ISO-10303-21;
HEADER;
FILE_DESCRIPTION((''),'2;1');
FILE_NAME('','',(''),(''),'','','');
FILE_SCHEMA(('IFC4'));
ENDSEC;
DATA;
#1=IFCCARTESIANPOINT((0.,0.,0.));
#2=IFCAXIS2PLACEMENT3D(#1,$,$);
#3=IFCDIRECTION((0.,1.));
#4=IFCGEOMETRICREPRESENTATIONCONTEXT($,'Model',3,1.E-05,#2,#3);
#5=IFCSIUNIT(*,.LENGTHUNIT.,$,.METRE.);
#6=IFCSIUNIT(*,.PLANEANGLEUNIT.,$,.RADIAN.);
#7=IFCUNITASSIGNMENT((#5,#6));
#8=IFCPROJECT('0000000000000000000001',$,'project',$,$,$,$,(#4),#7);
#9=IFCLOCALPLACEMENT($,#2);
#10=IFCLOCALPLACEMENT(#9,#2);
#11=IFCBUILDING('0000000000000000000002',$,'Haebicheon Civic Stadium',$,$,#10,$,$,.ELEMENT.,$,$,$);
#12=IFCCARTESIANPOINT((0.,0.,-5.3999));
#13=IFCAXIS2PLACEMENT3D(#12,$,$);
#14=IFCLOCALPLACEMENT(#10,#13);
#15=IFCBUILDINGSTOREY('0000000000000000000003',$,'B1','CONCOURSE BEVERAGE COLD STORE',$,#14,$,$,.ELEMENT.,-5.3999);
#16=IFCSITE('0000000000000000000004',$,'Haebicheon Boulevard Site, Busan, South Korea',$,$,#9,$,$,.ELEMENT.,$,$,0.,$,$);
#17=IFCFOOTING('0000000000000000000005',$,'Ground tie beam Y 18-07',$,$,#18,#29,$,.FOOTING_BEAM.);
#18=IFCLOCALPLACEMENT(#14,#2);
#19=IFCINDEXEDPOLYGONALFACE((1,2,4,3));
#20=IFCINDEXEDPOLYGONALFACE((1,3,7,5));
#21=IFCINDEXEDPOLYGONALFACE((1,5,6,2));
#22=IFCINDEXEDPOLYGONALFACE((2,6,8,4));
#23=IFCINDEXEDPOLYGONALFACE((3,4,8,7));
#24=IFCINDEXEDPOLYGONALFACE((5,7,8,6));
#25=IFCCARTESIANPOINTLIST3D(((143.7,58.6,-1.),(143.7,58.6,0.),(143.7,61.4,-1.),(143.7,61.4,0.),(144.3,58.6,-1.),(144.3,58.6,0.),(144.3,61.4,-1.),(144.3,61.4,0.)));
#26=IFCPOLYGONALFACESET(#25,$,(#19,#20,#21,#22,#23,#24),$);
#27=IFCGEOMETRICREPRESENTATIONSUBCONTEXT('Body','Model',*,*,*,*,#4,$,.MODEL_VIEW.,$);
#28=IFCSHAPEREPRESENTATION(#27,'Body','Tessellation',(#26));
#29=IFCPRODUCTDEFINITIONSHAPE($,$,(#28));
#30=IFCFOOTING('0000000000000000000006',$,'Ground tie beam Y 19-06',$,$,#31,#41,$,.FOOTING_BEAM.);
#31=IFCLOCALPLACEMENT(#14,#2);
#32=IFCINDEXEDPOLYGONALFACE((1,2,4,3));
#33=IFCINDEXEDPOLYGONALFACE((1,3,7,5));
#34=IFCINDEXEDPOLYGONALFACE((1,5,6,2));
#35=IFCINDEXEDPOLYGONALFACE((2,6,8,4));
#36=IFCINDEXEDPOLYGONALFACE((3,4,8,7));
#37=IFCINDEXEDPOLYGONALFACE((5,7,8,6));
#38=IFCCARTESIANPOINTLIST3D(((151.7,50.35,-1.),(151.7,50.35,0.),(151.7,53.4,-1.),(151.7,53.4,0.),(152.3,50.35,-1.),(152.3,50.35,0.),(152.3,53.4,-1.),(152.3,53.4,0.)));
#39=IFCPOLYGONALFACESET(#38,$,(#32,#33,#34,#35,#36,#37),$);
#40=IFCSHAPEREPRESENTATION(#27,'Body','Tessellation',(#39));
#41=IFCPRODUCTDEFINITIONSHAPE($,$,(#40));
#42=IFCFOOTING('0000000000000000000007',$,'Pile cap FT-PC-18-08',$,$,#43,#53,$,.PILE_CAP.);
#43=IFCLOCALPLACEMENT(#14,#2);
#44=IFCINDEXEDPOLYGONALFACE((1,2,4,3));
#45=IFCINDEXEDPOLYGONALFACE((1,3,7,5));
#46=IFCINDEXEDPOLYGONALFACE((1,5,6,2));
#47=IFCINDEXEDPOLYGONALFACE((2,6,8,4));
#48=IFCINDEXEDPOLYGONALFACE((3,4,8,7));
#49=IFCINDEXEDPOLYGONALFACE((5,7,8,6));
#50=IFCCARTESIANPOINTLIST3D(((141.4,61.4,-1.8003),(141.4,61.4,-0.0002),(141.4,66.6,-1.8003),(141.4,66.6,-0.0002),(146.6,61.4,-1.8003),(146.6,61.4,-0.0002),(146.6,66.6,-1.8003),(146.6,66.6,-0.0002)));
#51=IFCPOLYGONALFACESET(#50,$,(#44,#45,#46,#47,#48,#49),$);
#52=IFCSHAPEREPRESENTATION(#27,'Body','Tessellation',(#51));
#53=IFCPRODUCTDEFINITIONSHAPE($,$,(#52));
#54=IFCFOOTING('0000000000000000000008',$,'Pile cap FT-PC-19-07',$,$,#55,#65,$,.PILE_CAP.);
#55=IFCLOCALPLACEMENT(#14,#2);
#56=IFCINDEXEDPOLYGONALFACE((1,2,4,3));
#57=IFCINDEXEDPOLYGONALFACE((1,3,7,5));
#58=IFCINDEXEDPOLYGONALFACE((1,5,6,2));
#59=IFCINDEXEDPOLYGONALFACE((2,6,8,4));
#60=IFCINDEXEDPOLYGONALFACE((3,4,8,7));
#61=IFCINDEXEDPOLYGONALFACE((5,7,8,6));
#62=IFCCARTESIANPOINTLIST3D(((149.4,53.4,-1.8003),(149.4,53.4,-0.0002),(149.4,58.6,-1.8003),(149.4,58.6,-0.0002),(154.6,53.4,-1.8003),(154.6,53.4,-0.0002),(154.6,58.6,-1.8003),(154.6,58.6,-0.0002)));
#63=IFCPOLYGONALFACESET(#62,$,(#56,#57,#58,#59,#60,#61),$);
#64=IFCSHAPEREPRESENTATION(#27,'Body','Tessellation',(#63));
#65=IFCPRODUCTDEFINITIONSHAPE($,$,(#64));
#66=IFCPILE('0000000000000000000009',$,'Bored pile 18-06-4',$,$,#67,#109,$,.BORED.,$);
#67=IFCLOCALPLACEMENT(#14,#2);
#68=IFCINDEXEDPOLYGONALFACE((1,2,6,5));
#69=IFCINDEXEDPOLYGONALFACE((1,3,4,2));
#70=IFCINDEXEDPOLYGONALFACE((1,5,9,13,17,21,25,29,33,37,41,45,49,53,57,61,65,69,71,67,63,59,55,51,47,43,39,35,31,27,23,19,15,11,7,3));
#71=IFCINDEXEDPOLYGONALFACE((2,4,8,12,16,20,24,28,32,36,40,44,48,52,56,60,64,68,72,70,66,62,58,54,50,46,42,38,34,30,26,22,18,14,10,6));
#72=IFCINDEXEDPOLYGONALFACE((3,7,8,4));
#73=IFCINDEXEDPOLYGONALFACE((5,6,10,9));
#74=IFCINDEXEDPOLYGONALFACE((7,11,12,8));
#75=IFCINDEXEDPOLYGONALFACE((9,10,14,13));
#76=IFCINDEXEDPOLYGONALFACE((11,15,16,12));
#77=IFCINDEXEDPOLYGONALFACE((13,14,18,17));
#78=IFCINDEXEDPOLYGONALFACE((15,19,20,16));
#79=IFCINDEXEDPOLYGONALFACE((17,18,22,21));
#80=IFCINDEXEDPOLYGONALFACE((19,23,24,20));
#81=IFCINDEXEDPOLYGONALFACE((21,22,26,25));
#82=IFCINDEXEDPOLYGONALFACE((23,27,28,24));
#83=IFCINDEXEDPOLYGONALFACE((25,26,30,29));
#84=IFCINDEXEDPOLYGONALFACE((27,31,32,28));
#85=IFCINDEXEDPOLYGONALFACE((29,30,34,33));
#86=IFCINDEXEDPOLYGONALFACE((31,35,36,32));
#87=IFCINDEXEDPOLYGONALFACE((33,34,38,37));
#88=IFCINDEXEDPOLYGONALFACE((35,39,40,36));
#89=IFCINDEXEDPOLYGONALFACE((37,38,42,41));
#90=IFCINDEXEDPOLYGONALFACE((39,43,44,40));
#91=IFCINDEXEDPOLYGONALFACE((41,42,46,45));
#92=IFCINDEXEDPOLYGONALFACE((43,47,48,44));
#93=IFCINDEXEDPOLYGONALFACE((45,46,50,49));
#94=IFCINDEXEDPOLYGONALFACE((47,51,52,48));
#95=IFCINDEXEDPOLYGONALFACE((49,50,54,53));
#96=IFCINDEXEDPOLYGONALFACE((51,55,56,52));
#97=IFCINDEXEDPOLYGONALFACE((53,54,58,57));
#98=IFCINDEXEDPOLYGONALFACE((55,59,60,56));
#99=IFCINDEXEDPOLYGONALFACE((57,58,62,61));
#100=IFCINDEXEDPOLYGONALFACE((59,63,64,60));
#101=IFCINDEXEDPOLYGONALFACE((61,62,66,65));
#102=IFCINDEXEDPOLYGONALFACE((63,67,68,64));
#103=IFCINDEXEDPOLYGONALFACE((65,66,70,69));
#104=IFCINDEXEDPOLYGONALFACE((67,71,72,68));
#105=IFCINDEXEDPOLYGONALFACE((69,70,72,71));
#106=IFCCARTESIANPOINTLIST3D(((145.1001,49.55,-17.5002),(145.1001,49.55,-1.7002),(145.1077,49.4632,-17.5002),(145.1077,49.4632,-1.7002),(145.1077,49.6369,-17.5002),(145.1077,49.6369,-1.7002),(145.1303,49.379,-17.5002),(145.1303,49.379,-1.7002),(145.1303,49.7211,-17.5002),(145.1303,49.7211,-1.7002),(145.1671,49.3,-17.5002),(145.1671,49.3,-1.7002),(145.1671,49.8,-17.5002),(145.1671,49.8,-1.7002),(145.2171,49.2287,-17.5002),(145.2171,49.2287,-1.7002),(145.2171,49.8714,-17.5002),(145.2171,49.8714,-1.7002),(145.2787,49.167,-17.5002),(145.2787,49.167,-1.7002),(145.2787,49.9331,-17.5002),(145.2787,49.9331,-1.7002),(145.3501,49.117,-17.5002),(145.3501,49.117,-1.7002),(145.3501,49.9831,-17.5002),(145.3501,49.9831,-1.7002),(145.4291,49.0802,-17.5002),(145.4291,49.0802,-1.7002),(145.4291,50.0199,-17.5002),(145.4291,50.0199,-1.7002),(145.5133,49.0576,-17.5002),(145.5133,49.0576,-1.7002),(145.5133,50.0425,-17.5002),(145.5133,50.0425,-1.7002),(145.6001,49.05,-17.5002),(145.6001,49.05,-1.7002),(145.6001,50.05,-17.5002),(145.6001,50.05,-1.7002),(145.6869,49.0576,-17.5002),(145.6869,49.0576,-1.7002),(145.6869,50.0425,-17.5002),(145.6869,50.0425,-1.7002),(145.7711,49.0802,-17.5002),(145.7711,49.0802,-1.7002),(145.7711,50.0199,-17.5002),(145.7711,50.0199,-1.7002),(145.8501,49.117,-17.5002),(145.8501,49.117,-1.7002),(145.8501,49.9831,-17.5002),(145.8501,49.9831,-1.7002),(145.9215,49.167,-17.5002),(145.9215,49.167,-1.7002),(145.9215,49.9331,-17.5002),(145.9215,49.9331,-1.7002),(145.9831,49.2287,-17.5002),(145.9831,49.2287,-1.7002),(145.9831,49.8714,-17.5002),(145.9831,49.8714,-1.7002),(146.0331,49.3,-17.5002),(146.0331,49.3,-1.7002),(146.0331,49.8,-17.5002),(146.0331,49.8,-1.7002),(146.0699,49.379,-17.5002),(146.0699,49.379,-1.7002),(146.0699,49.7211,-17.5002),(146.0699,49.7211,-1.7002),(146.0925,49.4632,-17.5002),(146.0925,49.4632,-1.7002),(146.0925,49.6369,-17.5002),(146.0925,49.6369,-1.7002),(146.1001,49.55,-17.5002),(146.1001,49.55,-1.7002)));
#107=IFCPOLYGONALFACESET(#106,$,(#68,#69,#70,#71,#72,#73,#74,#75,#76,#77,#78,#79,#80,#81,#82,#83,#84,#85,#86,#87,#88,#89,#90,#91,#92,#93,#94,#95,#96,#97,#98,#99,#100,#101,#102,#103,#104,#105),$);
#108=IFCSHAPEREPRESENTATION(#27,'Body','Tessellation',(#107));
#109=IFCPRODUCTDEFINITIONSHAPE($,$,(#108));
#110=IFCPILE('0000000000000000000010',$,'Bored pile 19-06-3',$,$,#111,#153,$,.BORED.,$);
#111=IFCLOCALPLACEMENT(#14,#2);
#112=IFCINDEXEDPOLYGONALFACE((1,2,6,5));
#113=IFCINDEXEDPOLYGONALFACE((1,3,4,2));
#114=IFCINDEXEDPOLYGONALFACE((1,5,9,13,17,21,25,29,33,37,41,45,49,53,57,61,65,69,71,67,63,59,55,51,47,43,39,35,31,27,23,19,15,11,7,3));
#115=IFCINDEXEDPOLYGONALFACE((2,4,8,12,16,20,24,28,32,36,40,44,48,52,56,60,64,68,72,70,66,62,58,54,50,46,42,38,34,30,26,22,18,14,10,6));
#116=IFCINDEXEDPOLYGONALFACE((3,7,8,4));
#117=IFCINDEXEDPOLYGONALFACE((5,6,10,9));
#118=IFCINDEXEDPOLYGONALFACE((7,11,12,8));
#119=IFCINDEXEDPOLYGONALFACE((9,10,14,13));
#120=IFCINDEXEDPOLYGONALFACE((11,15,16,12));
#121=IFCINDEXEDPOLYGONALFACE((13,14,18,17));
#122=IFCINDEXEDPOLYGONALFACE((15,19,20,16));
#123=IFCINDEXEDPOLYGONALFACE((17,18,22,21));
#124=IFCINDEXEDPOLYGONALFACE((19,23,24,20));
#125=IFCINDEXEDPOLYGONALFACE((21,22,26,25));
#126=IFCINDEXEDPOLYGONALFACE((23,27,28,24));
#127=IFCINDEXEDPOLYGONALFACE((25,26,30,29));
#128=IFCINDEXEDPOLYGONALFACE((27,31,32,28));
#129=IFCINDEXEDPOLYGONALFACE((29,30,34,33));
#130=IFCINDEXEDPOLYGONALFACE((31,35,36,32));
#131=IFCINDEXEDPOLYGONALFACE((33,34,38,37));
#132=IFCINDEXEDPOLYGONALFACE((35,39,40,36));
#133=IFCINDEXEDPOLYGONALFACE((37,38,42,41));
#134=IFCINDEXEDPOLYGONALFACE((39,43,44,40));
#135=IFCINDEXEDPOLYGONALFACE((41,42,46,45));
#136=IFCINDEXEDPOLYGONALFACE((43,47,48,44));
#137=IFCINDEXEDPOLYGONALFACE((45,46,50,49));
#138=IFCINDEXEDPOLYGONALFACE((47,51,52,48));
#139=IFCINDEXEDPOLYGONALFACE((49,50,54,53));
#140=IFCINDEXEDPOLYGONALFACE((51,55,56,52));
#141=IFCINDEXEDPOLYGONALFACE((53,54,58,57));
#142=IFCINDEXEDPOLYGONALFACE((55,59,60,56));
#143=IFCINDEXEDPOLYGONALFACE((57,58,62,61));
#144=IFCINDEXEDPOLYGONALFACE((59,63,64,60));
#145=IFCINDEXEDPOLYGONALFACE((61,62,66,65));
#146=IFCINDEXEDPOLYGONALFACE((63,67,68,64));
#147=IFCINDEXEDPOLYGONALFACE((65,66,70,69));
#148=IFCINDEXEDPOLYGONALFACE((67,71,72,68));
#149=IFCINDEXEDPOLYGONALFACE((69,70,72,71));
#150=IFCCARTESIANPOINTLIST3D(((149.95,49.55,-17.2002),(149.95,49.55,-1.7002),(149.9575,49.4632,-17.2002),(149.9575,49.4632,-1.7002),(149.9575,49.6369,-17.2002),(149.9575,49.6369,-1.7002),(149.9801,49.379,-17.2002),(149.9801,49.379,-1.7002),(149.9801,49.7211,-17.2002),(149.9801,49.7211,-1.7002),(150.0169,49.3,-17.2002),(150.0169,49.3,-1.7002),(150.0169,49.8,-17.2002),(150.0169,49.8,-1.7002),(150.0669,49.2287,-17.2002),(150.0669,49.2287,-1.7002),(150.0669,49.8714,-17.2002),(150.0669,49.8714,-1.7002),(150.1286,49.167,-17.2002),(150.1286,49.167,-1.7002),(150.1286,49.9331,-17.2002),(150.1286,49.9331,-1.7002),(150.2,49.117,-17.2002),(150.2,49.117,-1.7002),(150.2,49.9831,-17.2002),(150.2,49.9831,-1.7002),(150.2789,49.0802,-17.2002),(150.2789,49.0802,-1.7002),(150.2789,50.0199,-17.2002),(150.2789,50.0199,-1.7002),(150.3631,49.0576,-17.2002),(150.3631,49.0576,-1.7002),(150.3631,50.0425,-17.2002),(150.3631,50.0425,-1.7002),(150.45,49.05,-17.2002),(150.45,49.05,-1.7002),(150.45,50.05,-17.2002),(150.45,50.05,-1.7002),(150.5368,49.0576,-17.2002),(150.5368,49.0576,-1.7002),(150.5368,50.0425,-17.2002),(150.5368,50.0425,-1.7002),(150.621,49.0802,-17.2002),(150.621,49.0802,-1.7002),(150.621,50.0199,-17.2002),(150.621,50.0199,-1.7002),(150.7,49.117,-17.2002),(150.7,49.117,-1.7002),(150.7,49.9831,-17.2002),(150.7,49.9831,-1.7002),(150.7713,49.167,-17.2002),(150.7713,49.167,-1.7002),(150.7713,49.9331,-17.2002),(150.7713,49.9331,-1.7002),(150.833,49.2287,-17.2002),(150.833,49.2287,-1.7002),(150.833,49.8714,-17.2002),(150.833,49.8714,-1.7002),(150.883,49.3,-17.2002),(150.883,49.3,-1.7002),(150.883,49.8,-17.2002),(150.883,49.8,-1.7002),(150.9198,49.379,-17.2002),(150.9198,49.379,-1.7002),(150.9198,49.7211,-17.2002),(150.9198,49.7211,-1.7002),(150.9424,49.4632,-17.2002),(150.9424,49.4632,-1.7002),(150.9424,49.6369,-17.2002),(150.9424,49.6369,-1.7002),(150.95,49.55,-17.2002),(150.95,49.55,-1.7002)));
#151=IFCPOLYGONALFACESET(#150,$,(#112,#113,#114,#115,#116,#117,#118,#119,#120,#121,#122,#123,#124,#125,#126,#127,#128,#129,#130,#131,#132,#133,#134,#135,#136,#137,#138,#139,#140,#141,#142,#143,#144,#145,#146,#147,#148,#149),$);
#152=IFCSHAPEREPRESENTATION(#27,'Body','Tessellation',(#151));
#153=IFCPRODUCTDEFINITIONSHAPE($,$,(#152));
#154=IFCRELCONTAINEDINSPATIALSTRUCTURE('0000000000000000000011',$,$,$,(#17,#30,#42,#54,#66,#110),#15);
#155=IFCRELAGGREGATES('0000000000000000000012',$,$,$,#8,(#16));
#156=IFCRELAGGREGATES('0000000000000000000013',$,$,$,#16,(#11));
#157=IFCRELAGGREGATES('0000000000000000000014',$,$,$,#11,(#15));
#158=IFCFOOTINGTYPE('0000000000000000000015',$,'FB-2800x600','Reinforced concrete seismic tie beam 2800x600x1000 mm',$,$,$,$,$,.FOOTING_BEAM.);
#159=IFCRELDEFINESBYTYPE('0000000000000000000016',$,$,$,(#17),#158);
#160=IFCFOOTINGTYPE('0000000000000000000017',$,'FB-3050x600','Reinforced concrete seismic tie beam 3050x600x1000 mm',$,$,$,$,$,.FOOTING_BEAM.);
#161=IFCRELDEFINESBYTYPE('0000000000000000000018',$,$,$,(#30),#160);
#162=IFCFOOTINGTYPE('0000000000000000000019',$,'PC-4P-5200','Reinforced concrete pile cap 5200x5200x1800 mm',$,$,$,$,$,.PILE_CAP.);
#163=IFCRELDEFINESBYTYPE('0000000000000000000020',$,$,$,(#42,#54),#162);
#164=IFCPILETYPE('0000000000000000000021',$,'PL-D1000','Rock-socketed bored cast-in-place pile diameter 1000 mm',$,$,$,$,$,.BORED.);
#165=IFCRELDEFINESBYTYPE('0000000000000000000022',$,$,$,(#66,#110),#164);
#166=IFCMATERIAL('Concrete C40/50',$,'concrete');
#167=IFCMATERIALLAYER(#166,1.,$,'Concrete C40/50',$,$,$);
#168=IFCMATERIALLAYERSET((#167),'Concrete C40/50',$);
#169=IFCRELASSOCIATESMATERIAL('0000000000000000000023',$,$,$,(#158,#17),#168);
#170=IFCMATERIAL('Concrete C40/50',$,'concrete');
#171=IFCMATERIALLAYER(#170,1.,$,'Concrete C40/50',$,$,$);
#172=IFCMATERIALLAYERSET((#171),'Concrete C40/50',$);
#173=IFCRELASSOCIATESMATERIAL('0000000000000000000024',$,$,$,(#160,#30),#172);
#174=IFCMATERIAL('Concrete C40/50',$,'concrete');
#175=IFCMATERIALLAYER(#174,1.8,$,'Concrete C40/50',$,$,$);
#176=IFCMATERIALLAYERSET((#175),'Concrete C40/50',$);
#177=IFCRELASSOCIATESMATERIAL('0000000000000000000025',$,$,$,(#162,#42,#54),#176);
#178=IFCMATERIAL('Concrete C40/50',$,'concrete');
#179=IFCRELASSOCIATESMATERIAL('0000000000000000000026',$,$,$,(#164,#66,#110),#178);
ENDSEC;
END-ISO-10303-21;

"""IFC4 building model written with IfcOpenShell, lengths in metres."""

from ifc_helpers import new_model, si_unit, direction, frame, origin, origin_2d, place, context, subcontext, project, spatial, rectangle, circle, extrude, material, layer, layer_set, material_profile, profile_set, type_object, element, save


model = new_model("IFC4")

# Units and contexts
model_context = context("Model", 3, precision=1e-05, world=origin(), true_north=direction((0.0, 1.0)))
body_context = subcontext(model_context, "Body", "Model", "MODEL_VIEW")
ifc_project = project(units=[si_unit("LENGTHUNIT", "METRE"), si_unit("PLANEANGLEUNIT", "RADIAN")], contexts=[model_context])

# Site, building, storey
site_placement = place(None, origin())
site = spatial("IfcSite", under=ifc_project, at=site_placement, Name="Haebicheon Boulevard Site, Busan, South Korea", CompositionType="ELEMENT", RefElevation=0.0)
building_placement = place(site_placement, origin())
building = spatial("IfcBuilding", under=site, at=building_placement, Name="Haebicheon Civic Stadium", CompositionType="ELEMENT")
storey_placement = place(building_placement, frame((0.0, 0.0, -5.3999)))
storey = spatial("IfcBuildingStorey", under=building, at=storey_placement, Name="B1", Description="CONCOURSE BEVERAGE COLD STORE", CompositionType="ELEMENT", Elevation=-5.3999)

# Footings
ifc_material_1 = material(Name="Concrete C40/50", Category="concrete")
ifc_layer_1 = layer(ifc_material_1, 1.0, Name="Concrete C40/50")
ifc_layer_set_1 = layer_set([ifc_layer_1], Name="Concrete C40/50")
footing_type_1 = type_object("IfcFootingType", Name="FB-2800x600", Description="Reinforced concrete seismic tie beam 2800x600x1000 mm", PredefinedType="FOOTING_BEAM", material=ifc_layer_set_1)
footing_1_placement = place(storey_placement, frame((144.0, 60.0, -1.0), z_axis=(0.0, 0.0, 1.0), x_axis=(0.0, 1.0, 0.0)))
element("IfcFooting", 1, at=footing_1_placement, inside=storey, type_object=footing_type_1, material=ifc_layer_set_1, Name="Ground tie beam Y 18-07", PredefinedType="FOOTING_BEAM", context=body_context, shape_type="SweptSolid", body=[
    extrude(rectangle(XDim=2.8, YDim=0.6001, at=origin_2d()), origin(), (0.0, 0.0, 1.0), 1.0),
])
ifc_material_2 = material(Name="Concrete C40/50", Category="concrete")
ifc_layer_2 = layer(ifc_material_2, 1.0, Name="Concrete C40/50")
ifc_layer_set_2 = layer_set([ifc_layer_2], Name="Concrete C40/50")
footing_type_2 = type_object("IfcFootingType", Name="FB-3050x600", Description="Reinforced concrete seismic tie beam 3050x600x1000 mm", PredefinedType="FOOTING_BEAM", material=ifc_layer_set_2)
footing_2_placement = place(storey_placement, frame((152.0, 51.875, -1.0), z_axis=(0.0, 0.0, 1.0), x_axis=(0.0, 1.0, 0.0)))
element("IfcFooting", 2, at=footing_2_placement, inside=storey, type_object=footing_type_2, material=ifc_layer_set_2, Name="Ground tie beam Y 19-06", PredefinedType="FOOTING_BEAM", context=body_context, shape_type="SweptSolid", body=[
    extrude(rectangle(XDim=3.05, YDim=0.6001, at=origin_2d()), origin(), (0.0, 0.0, 1.0), 1.0),
])
ifc_material_3 = material(Name="Concrete C40/50", Category="concrete")
ifc_layer_3 = layer(ifc_material_3, 1.8, Name="Concrete C40/50")
ifc_layer_set_3 = layer_set([ifc_layer_3], Name="Concrete C40/50")
footing_type_3 = type_object("IfcFootingType", Name="PC-4P-5200", Description="Reinforced concrete pile cap 5200x5200x1800 mm", PredefinedType="PILE_CAP", material=ifc_layer_set_3)
for number, where, z_axis, x_axis, name in (
    (3, (144.0, 64.0, -1.8003), (0.0, 0.0, 1.0), (1.0, 0.0, 0.0), "Pile cap FT-PC-18-08"),
    (4, (152.0, 56.0, -1.8003), (0.0, 0.0, 1.0), (1.0, 0.0, 0.0), "Pile cap FT-PC-19-07"),
):
    element("IfcFooting", number, at=place(storey_placement, frame(where, z_axis=z_axis, x_axis=x_axis)), inside=storey, type_object=footing_type_3, material=ifc_layer_set_3, Name=name, PredefinedType="PILE_CAP", context=body_context, shape_type="SweptSolid", body=[
        extrude(rectangle(XDim=5.2, YDim=5.2, at=origin_2d()), origin(), (0.0, 0.0, 1.0), 1.8),
    ])

# Piles
ifc_material_4 = material(Name="Concrete C40/50", Category="concrete")
ifc_material_profile_1 = material_profile(ifc_material_4, circle(Radius=0.5, at=origin_2d()), Name="PILE-D1000")
ifc_profile_set_1 = profile_set([ifc_material_profile_1], Name="Concrete C40/50")
pile_type_1 = type_object("IfcPileType", Name="PL-D1000", Description="Rock-socketed bored cast-in-place pile diameter 1000 mm", PredefinedType="BORED", material=ifc_profile_set_1)
pile_1_placement = place(storey_placement, frame((145.6001, 49.55, -1.7002), z_axis=(0.0, 0.0, -1.0), x_axis=(1.0, 0.0, 0.0)))
element("IfcPile", 5, at=pile_1_placement, inside=storey, type_object=pile_type_1, material=ifc_profile_set_1, Name="Bored pile 18-06-4", PredefinedType="BORED", context=body_context, shape_type="SweptSolid", body=[
    extrude(circle(Radius=0.5, at=origin_2d()), origin(), (0.0, 0.0, 1.0), 15.8),
])
pile_2_placement = place(storey_placement, frame((150.45, 49.55, -1.7002), z_axis=(0.0, 0.0, -1.0), x_axis=(1.0, 0.0, 0.0)))
element("IfcPile", 6, at=pile_2_placement, inside=storey, type_object=pile_type_1, material=ifc_profile_set_1, Name="Bored pile 19-06-3", PredefinedType="BORED", context=body_context, shape_type="SweptSolid", body=[
    extrude(circle(Radius=0.5, at=origin_2d()), origin(), (0.0, 0.0, 1.0), 15.5),
])

save(model, "model.ifc")
